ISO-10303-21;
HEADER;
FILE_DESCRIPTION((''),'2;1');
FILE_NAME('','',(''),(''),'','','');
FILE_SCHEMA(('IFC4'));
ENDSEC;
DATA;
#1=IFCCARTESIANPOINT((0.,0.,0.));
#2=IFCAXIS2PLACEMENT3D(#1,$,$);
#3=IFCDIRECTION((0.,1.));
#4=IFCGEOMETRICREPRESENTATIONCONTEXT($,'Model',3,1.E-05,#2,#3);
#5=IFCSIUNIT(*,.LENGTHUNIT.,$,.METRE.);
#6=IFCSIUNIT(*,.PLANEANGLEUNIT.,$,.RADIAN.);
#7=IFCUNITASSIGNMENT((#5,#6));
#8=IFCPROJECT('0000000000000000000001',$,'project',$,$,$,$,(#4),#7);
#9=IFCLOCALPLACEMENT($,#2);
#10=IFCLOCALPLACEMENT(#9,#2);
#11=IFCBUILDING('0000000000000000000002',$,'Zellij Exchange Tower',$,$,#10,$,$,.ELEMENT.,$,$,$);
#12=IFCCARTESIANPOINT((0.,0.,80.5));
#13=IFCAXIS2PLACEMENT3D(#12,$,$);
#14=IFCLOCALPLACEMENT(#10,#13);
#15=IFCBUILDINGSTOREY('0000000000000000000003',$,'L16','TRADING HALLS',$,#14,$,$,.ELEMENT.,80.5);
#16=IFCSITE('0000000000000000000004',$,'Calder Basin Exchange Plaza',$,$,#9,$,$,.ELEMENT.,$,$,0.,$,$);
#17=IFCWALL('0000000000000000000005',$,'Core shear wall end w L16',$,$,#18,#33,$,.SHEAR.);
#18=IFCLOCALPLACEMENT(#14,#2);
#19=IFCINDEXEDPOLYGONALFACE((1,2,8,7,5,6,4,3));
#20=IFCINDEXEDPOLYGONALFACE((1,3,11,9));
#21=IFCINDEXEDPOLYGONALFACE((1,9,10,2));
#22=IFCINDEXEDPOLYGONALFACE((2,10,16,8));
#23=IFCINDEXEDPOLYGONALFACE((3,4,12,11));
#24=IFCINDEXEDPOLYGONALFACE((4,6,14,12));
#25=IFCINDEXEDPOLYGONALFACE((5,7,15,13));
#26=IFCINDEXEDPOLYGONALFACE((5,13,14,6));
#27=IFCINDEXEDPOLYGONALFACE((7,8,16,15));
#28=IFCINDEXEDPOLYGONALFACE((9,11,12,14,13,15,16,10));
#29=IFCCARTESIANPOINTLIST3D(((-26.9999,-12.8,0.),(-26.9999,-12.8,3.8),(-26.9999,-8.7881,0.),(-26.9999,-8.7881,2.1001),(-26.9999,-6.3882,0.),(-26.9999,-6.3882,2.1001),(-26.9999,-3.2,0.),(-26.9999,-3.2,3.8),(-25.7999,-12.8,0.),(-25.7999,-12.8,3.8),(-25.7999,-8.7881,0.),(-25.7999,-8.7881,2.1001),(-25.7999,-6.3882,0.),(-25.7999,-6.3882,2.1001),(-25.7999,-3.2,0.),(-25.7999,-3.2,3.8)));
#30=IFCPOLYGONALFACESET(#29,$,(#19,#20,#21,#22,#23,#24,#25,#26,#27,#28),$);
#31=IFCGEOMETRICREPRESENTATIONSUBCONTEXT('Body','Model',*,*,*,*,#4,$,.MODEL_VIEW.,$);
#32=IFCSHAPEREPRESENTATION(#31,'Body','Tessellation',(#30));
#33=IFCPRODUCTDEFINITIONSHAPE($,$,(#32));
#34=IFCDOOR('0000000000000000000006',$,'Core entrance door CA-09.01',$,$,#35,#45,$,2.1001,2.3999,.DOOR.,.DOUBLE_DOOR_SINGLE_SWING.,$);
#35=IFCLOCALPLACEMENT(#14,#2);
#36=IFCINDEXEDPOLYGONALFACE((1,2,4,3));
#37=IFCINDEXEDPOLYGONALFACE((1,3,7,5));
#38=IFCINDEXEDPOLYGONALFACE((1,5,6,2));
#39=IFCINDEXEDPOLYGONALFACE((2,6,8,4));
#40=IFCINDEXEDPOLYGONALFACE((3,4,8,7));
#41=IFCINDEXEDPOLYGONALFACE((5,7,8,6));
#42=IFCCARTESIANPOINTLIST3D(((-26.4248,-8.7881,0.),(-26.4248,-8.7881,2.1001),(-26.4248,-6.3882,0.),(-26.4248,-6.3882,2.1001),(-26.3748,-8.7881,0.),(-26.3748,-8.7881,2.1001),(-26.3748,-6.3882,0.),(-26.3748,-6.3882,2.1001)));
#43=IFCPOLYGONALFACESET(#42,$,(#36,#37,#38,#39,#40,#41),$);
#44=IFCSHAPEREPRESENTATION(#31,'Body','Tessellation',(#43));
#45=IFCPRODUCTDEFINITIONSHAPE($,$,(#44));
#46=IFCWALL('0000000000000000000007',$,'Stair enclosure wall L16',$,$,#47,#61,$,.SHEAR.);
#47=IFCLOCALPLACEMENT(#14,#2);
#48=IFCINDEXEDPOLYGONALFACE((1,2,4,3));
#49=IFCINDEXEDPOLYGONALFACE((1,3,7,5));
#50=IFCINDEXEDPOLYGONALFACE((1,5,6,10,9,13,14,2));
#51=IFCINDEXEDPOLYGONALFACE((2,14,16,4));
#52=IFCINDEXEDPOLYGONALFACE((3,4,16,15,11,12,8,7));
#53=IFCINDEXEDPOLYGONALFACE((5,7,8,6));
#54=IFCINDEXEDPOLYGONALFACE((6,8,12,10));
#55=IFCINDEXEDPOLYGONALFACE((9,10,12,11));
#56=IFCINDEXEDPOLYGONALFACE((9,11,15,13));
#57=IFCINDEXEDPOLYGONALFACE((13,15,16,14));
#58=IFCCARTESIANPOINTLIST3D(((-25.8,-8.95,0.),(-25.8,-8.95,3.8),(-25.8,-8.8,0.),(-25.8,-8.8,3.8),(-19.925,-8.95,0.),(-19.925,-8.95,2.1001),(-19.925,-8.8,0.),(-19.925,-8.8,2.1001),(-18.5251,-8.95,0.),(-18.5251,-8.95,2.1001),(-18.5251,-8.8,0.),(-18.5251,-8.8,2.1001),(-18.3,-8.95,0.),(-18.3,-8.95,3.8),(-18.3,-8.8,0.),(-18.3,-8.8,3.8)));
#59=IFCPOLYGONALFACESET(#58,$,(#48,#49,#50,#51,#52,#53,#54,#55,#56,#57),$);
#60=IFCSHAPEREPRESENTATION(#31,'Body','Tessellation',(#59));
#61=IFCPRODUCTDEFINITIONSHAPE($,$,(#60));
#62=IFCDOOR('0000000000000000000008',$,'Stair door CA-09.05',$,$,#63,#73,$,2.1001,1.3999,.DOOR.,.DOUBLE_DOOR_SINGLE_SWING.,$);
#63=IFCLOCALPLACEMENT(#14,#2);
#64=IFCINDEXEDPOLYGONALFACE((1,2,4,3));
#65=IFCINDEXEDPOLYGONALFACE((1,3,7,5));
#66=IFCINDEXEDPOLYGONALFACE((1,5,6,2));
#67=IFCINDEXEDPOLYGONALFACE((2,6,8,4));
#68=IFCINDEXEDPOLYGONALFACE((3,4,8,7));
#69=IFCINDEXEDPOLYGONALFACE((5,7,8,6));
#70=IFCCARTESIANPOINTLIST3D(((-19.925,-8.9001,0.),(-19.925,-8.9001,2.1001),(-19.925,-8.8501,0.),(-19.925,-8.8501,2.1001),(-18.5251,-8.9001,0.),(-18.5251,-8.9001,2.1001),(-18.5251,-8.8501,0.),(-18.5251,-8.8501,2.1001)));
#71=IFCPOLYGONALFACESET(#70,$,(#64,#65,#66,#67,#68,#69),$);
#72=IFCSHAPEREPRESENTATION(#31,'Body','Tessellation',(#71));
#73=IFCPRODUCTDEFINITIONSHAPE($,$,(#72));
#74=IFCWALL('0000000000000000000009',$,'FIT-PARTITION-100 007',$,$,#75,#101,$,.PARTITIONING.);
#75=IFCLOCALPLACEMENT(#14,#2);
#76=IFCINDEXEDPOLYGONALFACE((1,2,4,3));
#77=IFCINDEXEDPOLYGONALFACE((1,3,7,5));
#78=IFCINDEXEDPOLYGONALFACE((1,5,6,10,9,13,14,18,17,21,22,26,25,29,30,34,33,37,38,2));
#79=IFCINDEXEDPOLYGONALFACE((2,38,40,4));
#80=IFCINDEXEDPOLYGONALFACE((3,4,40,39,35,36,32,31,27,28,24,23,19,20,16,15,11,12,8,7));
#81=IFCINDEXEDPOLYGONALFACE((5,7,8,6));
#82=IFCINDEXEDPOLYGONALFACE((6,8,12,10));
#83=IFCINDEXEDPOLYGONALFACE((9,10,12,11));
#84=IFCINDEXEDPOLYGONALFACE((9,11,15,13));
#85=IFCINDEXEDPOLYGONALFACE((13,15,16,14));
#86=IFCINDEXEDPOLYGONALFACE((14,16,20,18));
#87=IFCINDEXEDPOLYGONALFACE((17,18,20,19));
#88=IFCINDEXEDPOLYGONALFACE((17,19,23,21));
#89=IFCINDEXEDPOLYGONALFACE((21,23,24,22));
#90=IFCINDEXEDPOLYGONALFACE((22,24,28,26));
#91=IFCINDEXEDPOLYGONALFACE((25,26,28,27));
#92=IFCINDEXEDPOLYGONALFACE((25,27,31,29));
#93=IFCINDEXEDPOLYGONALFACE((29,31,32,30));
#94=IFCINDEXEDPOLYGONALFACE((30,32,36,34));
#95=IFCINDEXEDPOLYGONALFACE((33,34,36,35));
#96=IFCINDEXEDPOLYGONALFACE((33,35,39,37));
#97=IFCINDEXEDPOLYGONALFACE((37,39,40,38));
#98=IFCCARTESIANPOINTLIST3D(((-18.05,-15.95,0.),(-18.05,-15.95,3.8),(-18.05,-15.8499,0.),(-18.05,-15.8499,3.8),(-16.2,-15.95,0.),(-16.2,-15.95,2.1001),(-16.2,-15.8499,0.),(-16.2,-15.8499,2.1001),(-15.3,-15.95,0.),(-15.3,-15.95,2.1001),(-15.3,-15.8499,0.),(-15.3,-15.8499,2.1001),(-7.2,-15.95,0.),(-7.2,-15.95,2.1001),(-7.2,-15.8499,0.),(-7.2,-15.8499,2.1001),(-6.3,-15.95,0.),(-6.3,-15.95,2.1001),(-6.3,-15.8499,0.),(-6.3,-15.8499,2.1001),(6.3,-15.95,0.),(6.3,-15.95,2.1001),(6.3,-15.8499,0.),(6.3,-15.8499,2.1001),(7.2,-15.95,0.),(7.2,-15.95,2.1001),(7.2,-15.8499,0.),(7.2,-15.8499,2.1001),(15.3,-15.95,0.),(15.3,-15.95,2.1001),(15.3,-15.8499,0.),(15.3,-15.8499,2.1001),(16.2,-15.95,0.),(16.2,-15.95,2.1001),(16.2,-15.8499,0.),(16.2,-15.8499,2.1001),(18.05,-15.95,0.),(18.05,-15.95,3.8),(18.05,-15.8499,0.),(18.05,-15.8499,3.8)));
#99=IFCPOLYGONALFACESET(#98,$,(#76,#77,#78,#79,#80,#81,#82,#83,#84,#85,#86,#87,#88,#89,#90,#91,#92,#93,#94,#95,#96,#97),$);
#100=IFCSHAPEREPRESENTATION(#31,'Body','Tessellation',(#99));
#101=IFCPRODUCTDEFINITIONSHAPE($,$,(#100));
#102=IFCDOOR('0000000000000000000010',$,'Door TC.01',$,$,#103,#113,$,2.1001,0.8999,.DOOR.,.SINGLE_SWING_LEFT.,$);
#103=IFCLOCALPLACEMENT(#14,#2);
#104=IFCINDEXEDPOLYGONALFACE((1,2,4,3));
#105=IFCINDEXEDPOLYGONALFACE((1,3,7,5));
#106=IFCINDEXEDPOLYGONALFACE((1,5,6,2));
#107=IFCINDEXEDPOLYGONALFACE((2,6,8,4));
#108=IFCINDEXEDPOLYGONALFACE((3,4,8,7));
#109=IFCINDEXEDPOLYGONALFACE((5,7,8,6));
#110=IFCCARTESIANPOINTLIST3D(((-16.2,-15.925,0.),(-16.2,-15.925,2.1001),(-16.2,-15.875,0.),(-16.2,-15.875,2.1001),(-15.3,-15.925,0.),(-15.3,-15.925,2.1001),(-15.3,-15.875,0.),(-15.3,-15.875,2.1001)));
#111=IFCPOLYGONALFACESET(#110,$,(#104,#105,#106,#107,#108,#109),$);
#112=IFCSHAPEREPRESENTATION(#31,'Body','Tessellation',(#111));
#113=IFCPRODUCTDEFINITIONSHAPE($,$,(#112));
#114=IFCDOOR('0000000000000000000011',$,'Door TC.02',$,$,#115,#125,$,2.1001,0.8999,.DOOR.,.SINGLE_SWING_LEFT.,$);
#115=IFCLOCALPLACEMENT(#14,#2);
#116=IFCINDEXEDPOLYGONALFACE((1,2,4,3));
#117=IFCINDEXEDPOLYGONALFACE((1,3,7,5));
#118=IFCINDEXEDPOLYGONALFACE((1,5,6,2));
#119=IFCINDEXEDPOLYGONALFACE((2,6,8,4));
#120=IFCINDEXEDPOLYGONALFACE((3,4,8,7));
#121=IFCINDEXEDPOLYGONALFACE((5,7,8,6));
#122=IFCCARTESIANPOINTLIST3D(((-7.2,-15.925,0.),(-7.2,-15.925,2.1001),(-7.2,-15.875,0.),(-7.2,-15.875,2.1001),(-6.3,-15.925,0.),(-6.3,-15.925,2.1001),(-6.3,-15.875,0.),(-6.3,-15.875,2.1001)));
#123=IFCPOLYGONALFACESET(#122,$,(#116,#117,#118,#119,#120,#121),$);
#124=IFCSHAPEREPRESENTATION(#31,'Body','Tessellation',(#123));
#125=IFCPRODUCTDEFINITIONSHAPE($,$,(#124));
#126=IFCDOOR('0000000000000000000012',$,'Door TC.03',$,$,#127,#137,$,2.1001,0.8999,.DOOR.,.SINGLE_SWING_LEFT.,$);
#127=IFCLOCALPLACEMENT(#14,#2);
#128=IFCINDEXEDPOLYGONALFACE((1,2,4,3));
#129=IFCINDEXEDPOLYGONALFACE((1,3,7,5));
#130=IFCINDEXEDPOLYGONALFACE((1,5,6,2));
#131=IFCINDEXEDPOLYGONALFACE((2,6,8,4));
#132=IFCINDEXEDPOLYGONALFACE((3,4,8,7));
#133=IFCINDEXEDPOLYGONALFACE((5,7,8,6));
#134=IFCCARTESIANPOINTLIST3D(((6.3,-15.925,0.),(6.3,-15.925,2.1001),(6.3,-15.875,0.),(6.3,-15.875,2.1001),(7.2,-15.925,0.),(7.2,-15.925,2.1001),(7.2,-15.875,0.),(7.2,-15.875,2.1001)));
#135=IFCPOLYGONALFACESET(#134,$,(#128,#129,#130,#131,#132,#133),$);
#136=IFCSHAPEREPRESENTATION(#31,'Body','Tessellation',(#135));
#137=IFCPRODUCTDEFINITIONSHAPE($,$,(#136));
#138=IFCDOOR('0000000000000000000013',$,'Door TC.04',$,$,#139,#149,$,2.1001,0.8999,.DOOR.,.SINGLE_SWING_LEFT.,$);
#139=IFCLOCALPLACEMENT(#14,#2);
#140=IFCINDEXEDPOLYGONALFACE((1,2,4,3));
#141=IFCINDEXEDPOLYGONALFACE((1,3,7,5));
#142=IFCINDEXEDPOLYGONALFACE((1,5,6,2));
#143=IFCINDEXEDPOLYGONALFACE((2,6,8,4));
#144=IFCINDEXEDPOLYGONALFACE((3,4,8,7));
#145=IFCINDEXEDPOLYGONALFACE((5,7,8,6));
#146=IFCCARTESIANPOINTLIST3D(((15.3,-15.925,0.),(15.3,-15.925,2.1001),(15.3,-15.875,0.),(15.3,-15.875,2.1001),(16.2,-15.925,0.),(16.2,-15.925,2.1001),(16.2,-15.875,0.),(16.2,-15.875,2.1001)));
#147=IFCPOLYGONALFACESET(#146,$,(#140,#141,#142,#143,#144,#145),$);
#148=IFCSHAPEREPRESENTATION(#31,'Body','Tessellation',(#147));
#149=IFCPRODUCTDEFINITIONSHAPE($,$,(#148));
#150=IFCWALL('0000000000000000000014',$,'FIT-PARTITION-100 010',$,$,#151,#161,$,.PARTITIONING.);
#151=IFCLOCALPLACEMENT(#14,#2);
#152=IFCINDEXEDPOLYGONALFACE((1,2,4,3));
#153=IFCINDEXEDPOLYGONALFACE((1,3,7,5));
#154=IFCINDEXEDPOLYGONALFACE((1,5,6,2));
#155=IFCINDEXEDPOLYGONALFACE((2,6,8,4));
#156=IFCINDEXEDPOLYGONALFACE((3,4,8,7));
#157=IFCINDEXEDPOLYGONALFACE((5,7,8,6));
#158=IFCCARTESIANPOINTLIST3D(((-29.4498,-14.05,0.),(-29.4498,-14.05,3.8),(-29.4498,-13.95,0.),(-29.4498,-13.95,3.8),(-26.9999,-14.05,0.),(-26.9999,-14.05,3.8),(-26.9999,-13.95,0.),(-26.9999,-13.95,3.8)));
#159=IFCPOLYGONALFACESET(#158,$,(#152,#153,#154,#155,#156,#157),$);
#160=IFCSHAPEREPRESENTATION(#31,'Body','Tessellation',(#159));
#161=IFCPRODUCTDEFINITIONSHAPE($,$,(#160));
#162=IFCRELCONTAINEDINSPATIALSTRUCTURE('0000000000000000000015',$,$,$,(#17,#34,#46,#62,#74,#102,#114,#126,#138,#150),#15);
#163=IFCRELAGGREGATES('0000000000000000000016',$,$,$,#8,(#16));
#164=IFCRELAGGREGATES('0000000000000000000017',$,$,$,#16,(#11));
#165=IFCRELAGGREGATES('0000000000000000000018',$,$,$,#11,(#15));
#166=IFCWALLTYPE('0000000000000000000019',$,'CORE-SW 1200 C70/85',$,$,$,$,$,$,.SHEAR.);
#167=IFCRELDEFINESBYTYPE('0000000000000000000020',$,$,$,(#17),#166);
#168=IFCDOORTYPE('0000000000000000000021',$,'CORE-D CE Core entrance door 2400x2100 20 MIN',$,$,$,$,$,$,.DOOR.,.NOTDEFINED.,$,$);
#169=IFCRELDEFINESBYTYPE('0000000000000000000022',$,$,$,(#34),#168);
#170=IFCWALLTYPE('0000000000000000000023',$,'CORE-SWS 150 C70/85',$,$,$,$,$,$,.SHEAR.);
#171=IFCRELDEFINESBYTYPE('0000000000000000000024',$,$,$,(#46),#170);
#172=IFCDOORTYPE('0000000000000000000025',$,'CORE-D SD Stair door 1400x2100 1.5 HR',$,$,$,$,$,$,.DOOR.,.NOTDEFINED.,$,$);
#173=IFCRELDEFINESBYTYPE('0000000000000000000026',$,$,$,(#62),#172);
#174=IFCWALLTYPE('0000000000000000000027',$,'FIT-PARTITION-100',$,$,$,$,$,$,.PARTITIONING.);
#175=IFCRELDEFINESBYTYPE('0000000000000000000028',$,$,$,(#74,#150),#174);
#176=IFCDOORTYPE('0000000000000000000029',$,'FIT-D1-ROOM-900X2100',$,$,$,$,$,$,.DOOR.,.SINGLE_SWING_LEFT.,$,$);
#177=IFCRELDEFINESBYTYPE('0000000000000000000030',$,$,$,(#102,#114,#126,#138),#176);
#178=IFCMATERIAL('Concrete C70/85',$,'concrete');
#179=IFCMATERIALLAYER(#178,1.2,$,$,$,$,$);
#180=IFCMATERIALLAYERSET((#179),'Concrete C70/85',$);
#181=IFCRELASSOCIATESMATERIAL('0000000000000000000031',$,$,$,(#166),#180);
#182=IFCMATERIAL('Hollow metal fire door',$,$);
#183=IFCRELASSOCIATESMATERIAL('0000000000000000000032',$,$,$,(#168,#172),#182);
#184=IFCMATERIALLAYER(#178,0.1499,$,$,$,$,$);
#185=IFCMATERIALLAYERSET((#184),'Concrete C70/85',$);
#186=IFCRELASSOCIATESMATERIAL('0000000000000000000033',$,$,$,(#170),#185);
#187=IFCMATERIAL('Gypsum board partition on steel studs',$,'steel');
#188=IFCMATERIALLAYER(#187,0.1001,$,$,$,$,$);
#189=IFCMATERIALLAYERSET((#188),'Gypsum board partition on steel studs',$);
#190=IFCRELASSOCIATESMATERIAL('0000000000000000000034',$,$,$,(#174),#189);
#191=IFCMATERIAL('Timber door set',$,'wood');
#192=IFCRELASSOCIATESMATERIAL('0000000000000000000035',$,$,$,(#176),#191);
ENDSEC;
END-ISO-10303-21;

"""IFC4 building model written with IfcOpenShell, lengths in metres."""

from ifc_helpers import new_model, si_unit, direction, frame, frame_2d, origin, place, context, subcontext, project, spatial, rectangle, extrude, material, layer, layer_set, type_object, element, fill, save


model = new_model("IFC4")

# Units and contexts
model_context = context("Model", 3, precision=1e-05, world=origin(), true_north=direction((0.0, 1.0)))
body_context = subcontext(model_context, "Body", "Model", "MODEL_VIEW")
ifc_project = project(units=[si_unit("LENGTHUNIT", "METRE"), si_unit("PLANEANGLEUNIT", "RADIAN")], contexts=[model_context])

# Site, building, storey
site_placement = place(None, origin())
site = spatial("IfcSite", under=ifc_project, at=site_placement, Name="Calder Basin Exchange Plaza", CompositionType="ELEMENT", RefElevation=0.0)
building_placement = place(site_placement, origin())
building = spatial("IfcBuilding", under=site, at=building_placement, Name="Zellij Exchange Tower", CompositionType="ELEMENT")
storey_placement = place(building_placement, frame((0.0, 0.0, 80.5)))
storey = spatial("IfcBuildingStorey", under=building, at=storey_placement, Name="L16", Description="TRADING HALLS", CompositionType="ELEMENT", Elevation=80.5)

# Shared definitions
ifc_material_1 = material(Name="Concrete C70/85", Category="concrete")

# Shared definitions
ifc_layer_1 = layer(ifc_material_1, 1.2)
ifc_layer_set_1 = layer_set([ifc_layer_1], Name="Concrete C70/85")
wall_type_1 = type_object("IfcWallType", Name="CORE-SW 1200 C70/85", PredefinedType="SHEAR", material=ifc_layer_set_1)
ifc_material_2 = material(Name="Hollow metal fire door")

# Walls, openings, doors
wall_1_placement = place(storey_placement, frame((-26.3999, -12.8, 0.0), z_axis=(0.0, 0.0, 1.0), x_axis=(0.0, 1.0, 0.0)))
wall_1 = element("IfcWall", 1, at=wall_1_placement, inside=storey, type_object=wall_type_1, Name="Core shear wall end w L16", PredefinedType="SHEAR", context=body_context, shape_type="SweptSolid", body=[
    extrude(rectangle(XDim=9.6001, YDim=1.2, at=frame_2d((4.8, 0.0))), origin(), (0.0, 0.0, 1.0), 3.8),
])
opening_1_placement = place(wall_1_placement, frame((4.012, 0.0, 0.0)))
opening_1 = element("IfcOpeningElement", 2, at=opening_1_placement, cuts=wall_1, PredefinedType="OPENING", context=body_context, shape_type="SweptSolid", body=[
    extrude(rectangle(XDim=2.3999, YDim=2.1001, at=frame_2d((1.2, 1.05))), frame((0.0, 0.6118, 0.0), z_axis=(0.0, -1.0, 0.0), x_axis=(1.0, 0.0, 0.0)), (0.0, 0.0, 1.0), 1.2239),
])
door_type_1 = type_object("IfcDoorType", Name="CORE-D CE Core entrance door 2400x2100 20 MIN", OperationType="NOTDEFINED", PredefinedType="DOOR", material=ifc_material_2)
door_1_placement = place(opening_1_placement, origin())
door_1 = element("IfcDoor", 3, at=door_1_placement, inside=storey, type_object=door_type_1, Name="Core entrance door CA-09.01", OperationType="DOUBLE_DOOR_SINGLE_SWING", OverallHeight=2.1001, OverallWidth=2.3999, PredefinedType="DOOR", context=body_context, shape_type="SweptSolid", body=[
    extrude(rectangle(XDim=2.3999, YDim=2.1001, at=frame_2d((1.2, 1.05))), frame((0.0, 0.0249, 0.0), z_axis=(0.0, -1.0, 0.0), x_axis=(1.0, 0.0, 0.0)), (0.0, 0.0, 1.0), 0.05),
])
fill(opening_1, door_1)
ifc_layer_2 = layer(ifc_material_1, 0.1499)
ifc_layer_set_2 = layer_set([ifc_layer_2], Name="Concrete C70/85")
wall_type_2 = type_object("IfcWallType", Name="CORE-SWS 150 C70/85", PredefinedType="SHEAR", material=ifc_layer_set_2)
wall_2_placement = place(storey_placement, frame((-25.8, -8.875, 0.0), z_axis=(0.0, 0.0, 1.0), x_axis=(1.0, 0.0, 0.0)))
wall_2 = element("IfcWall", 4, at=wall_2_placement, inside=storey, type_object=wall_type_2, Name="Stair enclosure wall L16", PredefinedType="SHEAR", context=body_context, shape_type="SweptSolid", body=[
    extrude(rectangle(XDim=7.5, YDim=0.1499, at=frame_2d((3.75, 0.0))), origin(), (0.0, 0.0, 1.0), 3.8),
])
opening_2_placement = place(wall_2_placement, frame((5.875, 0.0, 0.0)))
opening_2 = element("IfcOpeningElement", 5, at=opening_2_placement, cuts=wall_2, PredefinedType="OPENING", context=body_context, shape_type="SweptSolid", body=[
    extrude(rectangle(XDim=1.3999, YDim=2.1001, at=frame_2d((0.7, 1.05))), frame((0.0, 0.0869, 0.0), z_axis=(0.0, -1.0, 0.0), x_axis=(1.0, 0.0, 0.0)), (0.0, 0.0, 1.0), 0.1738),
])
door_type_2 = type_object("IfcDoorType", Name="CORE-D SD Stair door 1400x2100 1.5 HR", OperationType="NOTDEFINED", PredefinedType="DOOR", material=ifc_material_2)
door_2_placement = place(opening_2_placement, origin())
door_2 = element("IfcDoor", 6, at=door_2_placement, inside=storey, type_object=door_type_2, Name="Stair door CA-09.05", OperationType="DOUBLE_DOOR_SINGLE_SWING", OverallHeight=2.1001, OverallWidth=1.3999, PredefinedType="DOOR", context=body_context, shape_type="SweptSolid", body=[
    extrude(rectangle(XDim=1.3999, YDim=2.1001, at=frame_2d((0.7, 1.05))), frame((0.0, 0.0249, 0.0), z_axis=(0.0, -1.0, 0.0), x_axis=(1.0, 0.0, 0.0)), (0.0, 0.0, 1.0), 0.05),
])
fill(opening_2, door_2)

# Wall, openings, doors
ifc_material_3 = material(Name="Gypsum board partition on steel studs", Category="steel")
ifc_layer_3 = layer(ifc_material_3, 0.1001)
ifc_layer_set_3 = layer_set([ifc_layer_3], Name="Gypsum board partition on steel studs")
wall_type_3 = type_object("IfcWallType", Name="FIT-PARTITION-100", PredefinedType="PARTITIONING", material=ifc_layer_set_3)
wall_3_placement = place(storey_placement, frame((-18.05, -15.8999, 0.0), z_axis=(0.0, 0.0, 1.0), x_axis=(1.0, 0.0, 0.0)))
wall_3 = element("IfcWall", 7, at=wall_3_placement, inside=storey, type_object=wall_type_3, Name="FIT-PARTITION-100 007", PredefinedType="PARTITIONING", context=body_context, shape_type="SweptSolid", body=[
    extrude(rectangle(XDim=36.1001, YDim=0.1001, at=frame_2d((18.05, 0.0))), origin(), (0.0, 0.0, 1.0), 3.8),
])
opening_3_placement = place(wall_3_placement, frame((1.8501, 0.0, 0.0)))
opening_3 = element("IfcOpeningElement", 8, at=opening_3_placement, cuts=wall_3, PredefinedType="OPENING", context=body_context, shape_type="SweptSolid", body=[
    extrude(rectangle(XDim=0.8999, YDim=2.1001, at=frame_2d((0.45, 1.05))), frame((0.0, 0.062, 0.0), z_axis=(0.0, -1.0, 0.0), x_axis=(1.0, 0.0, 0.0)), (0.0, 0.0, 1.0), 0.124),
])
opening_4_placement = place(wall_3_placement, frame((10.8501, 0.0, 0.0)))
opening_4 = element("IfcOpeningElement", 9, at=opening_4_placement, cuts=wall_3, PredefinedType="OPENING", context=body_context, shape_type="SweptSolid", body=[
    extrude(rectangle(XDim=0.8999, YDim=2.1001, at=frame_2d((0.45, 1.05))), frame((0.0, 0.062, 0.0), z_axis=(0.0, -1.0, 0.0), x_axis=(1.0, 0.0, 0.0)), (0.0, 0.0, 1.0), 0.124),
])
opening_5_placement = place(wall_3_placement, frame((24.3501, 0.0, 0.0)))
opening_5 = element("IfcOpeningElement", 10, at=opening_5_placement, cuts=wall_3, PredefinedType="OPENING", context=body_context, shape_type="SweptSolid", body=[
    extrude(rectangle(XDim=0.8999, YDim=2.1001, at=frame_2d((0.45, 1.05))), frame((0.0, 0.062, 0.0), z_axis=(0.0, -1.0, 0.0), x_axis=(1.0, 0.0, 0.0)), (0.0, 0.0, 1.0), 0.124),
])
opening_6_placement = place(wall_3_placement, frame((33.3501, 0.0, 0.0)))
opening_6 = element("IfcOpeningElement", 11, at=opening_6_placement, cuts=wall_3, PredefinedType="OPENING", context=body_context, shape_type="SweptSolid", body=[
    extrude(rectangle(XDim=0.8999, YDim=2.1001, at=frame_2d((0.45, 1.05))), frame((0.0, 0.062, 0.0), z_axis=(0.0, -1.0, 0.0), x_axis=(1.0, 0.0, 0.0)), (0.0, 0.0, 1.0), 0.124),
])
ifc_material_4 = material(Name="Timber door set", Category="wood")
door_type_3 = type_object("IfcDoorType", Name="FIT-D1-ROOM-900X2100", OperationType="SINGLE_SWING_LEFT", PredefinedType="DOOR", material=ifc_material_4)
door_3_placement = place(opening_3_placement, origin())
door_3 = element("IfcDoor", 12, at=door_3_placement, inside=storey, type_object=door_type_3, Name="Door TC.01", OperationType="SINGLE_SWING_LEFT", OverallHeight=2.1001, OverallWidth=0.8999, PredefinedType="DOOR", context=body_context, shape_type="SweptSolid", body=[
    extrude(rectangle(XDim=0.8999, YDim=2.1001, at=frame_2d((0.45, 1.05))), frame((0.0, 0.0249, 0.0), z_axis=(0.0, -1.0, 0.0), x_axis=(1.0, 0.0, 0.0)), (0.0, 0.0, 1.0), 0.05),
])
fill(opening_3, door_3)
door_4_placement = place(opening_4_placement, origin())
door_4 = element("IfcDoor", 13, at=door_4_placement, inside=storey, type_object=door_type_3, Name="Door TC.02", OperationType="SINGLE_SWING_LEFT", OverallHeight=2.1001, OverallWidth=0.8999, PredefinedType="DOOR", context=body_context, shape_type="SweptSolid", body=[
    extrude(rectangle(XDim=0.8999, YDim=2.1001, at=frame_2d((0.45, 1.05))), frame((0.0, 0.0249, 0.0), z_axis=(0.0, -1.0, 0.0), x_axis=(1.0, 0.0, 0.0)), (0.0, 0.0, 1.0), 0.05),
])
fill(opening_4, door_4)
door_5_placement = place(opening_5_placement, origin())
door_5 = element("IfcDoor", 14, at=door_5_placement, inside=storey, type_object=door_type_3, Name="Door TC.03", OperationType="SINGLE_SWING_LEFT", OverallHeight=2.1001, OverallWidth=0.8999, PredefinedType="DOOR", context=body_context, shape_type="SweptSolid", body=[
    extrude(rectangle(XDim=0.8999, YDim=2.1001, at=frame_2d((0.45, 1.05))), frame((0.0, 0.0249, 0.0), z_axis=(0.0, -1.0, 0.0), x_axis=(1.0, 0.0, 0.0)), (0.0, 0.0, 1.0), 0.05),
])
fill(opening_5, door_5)
door_6_placement = place(opening_6_placement, origin())
door_6 = element("IfcDoor", 15, at=door_6_placement, inside=storey, type_object=door_type_3, Name="Door TC.04", OperationType="SINGLE_SWING_LEFT", OverallHeight=2.1001, OverallWidth=0.8999, PredefinedType="DOOR", context=body_context, shape_type="SweptSolid", body=[
    extrude(rectangle(XDim=0.8999, YDim=2.1001, at=frame_2d((0.45, 1.05))), frame((0.0, 0.0249, 0.0), z_axis=(0.0, -1.0, 0.0), x_axis=(1.0, 0.0, 0.0)), (0.0, 0.0, 1.0), 0.05),
])
fill(opening_6, door_6)

# Wall
wall_4_placement = place(storey_placement, frame((-29.45, -14.0, 0.0), z_axis=(0.0, 0.0, 1.0), x_axis=(1.0, 0.0, 0.0)))
element("IfcWall", 16, at=wall_4_placement, inside=storey, type_object=wall_type_3, Name="FIT-PARTITION-100 010", PredefinedType="PARTITIONING", context=body_context, shape_type="SweptSolid", body=[
    extrude(rectangle(XDim=2.45, YDim=0.1001, at=frame_2d((1.2251, 0.0))), origin(), (0.0, 0.0, 1.0), 3.8),
])

save(model, "model.ifc")
